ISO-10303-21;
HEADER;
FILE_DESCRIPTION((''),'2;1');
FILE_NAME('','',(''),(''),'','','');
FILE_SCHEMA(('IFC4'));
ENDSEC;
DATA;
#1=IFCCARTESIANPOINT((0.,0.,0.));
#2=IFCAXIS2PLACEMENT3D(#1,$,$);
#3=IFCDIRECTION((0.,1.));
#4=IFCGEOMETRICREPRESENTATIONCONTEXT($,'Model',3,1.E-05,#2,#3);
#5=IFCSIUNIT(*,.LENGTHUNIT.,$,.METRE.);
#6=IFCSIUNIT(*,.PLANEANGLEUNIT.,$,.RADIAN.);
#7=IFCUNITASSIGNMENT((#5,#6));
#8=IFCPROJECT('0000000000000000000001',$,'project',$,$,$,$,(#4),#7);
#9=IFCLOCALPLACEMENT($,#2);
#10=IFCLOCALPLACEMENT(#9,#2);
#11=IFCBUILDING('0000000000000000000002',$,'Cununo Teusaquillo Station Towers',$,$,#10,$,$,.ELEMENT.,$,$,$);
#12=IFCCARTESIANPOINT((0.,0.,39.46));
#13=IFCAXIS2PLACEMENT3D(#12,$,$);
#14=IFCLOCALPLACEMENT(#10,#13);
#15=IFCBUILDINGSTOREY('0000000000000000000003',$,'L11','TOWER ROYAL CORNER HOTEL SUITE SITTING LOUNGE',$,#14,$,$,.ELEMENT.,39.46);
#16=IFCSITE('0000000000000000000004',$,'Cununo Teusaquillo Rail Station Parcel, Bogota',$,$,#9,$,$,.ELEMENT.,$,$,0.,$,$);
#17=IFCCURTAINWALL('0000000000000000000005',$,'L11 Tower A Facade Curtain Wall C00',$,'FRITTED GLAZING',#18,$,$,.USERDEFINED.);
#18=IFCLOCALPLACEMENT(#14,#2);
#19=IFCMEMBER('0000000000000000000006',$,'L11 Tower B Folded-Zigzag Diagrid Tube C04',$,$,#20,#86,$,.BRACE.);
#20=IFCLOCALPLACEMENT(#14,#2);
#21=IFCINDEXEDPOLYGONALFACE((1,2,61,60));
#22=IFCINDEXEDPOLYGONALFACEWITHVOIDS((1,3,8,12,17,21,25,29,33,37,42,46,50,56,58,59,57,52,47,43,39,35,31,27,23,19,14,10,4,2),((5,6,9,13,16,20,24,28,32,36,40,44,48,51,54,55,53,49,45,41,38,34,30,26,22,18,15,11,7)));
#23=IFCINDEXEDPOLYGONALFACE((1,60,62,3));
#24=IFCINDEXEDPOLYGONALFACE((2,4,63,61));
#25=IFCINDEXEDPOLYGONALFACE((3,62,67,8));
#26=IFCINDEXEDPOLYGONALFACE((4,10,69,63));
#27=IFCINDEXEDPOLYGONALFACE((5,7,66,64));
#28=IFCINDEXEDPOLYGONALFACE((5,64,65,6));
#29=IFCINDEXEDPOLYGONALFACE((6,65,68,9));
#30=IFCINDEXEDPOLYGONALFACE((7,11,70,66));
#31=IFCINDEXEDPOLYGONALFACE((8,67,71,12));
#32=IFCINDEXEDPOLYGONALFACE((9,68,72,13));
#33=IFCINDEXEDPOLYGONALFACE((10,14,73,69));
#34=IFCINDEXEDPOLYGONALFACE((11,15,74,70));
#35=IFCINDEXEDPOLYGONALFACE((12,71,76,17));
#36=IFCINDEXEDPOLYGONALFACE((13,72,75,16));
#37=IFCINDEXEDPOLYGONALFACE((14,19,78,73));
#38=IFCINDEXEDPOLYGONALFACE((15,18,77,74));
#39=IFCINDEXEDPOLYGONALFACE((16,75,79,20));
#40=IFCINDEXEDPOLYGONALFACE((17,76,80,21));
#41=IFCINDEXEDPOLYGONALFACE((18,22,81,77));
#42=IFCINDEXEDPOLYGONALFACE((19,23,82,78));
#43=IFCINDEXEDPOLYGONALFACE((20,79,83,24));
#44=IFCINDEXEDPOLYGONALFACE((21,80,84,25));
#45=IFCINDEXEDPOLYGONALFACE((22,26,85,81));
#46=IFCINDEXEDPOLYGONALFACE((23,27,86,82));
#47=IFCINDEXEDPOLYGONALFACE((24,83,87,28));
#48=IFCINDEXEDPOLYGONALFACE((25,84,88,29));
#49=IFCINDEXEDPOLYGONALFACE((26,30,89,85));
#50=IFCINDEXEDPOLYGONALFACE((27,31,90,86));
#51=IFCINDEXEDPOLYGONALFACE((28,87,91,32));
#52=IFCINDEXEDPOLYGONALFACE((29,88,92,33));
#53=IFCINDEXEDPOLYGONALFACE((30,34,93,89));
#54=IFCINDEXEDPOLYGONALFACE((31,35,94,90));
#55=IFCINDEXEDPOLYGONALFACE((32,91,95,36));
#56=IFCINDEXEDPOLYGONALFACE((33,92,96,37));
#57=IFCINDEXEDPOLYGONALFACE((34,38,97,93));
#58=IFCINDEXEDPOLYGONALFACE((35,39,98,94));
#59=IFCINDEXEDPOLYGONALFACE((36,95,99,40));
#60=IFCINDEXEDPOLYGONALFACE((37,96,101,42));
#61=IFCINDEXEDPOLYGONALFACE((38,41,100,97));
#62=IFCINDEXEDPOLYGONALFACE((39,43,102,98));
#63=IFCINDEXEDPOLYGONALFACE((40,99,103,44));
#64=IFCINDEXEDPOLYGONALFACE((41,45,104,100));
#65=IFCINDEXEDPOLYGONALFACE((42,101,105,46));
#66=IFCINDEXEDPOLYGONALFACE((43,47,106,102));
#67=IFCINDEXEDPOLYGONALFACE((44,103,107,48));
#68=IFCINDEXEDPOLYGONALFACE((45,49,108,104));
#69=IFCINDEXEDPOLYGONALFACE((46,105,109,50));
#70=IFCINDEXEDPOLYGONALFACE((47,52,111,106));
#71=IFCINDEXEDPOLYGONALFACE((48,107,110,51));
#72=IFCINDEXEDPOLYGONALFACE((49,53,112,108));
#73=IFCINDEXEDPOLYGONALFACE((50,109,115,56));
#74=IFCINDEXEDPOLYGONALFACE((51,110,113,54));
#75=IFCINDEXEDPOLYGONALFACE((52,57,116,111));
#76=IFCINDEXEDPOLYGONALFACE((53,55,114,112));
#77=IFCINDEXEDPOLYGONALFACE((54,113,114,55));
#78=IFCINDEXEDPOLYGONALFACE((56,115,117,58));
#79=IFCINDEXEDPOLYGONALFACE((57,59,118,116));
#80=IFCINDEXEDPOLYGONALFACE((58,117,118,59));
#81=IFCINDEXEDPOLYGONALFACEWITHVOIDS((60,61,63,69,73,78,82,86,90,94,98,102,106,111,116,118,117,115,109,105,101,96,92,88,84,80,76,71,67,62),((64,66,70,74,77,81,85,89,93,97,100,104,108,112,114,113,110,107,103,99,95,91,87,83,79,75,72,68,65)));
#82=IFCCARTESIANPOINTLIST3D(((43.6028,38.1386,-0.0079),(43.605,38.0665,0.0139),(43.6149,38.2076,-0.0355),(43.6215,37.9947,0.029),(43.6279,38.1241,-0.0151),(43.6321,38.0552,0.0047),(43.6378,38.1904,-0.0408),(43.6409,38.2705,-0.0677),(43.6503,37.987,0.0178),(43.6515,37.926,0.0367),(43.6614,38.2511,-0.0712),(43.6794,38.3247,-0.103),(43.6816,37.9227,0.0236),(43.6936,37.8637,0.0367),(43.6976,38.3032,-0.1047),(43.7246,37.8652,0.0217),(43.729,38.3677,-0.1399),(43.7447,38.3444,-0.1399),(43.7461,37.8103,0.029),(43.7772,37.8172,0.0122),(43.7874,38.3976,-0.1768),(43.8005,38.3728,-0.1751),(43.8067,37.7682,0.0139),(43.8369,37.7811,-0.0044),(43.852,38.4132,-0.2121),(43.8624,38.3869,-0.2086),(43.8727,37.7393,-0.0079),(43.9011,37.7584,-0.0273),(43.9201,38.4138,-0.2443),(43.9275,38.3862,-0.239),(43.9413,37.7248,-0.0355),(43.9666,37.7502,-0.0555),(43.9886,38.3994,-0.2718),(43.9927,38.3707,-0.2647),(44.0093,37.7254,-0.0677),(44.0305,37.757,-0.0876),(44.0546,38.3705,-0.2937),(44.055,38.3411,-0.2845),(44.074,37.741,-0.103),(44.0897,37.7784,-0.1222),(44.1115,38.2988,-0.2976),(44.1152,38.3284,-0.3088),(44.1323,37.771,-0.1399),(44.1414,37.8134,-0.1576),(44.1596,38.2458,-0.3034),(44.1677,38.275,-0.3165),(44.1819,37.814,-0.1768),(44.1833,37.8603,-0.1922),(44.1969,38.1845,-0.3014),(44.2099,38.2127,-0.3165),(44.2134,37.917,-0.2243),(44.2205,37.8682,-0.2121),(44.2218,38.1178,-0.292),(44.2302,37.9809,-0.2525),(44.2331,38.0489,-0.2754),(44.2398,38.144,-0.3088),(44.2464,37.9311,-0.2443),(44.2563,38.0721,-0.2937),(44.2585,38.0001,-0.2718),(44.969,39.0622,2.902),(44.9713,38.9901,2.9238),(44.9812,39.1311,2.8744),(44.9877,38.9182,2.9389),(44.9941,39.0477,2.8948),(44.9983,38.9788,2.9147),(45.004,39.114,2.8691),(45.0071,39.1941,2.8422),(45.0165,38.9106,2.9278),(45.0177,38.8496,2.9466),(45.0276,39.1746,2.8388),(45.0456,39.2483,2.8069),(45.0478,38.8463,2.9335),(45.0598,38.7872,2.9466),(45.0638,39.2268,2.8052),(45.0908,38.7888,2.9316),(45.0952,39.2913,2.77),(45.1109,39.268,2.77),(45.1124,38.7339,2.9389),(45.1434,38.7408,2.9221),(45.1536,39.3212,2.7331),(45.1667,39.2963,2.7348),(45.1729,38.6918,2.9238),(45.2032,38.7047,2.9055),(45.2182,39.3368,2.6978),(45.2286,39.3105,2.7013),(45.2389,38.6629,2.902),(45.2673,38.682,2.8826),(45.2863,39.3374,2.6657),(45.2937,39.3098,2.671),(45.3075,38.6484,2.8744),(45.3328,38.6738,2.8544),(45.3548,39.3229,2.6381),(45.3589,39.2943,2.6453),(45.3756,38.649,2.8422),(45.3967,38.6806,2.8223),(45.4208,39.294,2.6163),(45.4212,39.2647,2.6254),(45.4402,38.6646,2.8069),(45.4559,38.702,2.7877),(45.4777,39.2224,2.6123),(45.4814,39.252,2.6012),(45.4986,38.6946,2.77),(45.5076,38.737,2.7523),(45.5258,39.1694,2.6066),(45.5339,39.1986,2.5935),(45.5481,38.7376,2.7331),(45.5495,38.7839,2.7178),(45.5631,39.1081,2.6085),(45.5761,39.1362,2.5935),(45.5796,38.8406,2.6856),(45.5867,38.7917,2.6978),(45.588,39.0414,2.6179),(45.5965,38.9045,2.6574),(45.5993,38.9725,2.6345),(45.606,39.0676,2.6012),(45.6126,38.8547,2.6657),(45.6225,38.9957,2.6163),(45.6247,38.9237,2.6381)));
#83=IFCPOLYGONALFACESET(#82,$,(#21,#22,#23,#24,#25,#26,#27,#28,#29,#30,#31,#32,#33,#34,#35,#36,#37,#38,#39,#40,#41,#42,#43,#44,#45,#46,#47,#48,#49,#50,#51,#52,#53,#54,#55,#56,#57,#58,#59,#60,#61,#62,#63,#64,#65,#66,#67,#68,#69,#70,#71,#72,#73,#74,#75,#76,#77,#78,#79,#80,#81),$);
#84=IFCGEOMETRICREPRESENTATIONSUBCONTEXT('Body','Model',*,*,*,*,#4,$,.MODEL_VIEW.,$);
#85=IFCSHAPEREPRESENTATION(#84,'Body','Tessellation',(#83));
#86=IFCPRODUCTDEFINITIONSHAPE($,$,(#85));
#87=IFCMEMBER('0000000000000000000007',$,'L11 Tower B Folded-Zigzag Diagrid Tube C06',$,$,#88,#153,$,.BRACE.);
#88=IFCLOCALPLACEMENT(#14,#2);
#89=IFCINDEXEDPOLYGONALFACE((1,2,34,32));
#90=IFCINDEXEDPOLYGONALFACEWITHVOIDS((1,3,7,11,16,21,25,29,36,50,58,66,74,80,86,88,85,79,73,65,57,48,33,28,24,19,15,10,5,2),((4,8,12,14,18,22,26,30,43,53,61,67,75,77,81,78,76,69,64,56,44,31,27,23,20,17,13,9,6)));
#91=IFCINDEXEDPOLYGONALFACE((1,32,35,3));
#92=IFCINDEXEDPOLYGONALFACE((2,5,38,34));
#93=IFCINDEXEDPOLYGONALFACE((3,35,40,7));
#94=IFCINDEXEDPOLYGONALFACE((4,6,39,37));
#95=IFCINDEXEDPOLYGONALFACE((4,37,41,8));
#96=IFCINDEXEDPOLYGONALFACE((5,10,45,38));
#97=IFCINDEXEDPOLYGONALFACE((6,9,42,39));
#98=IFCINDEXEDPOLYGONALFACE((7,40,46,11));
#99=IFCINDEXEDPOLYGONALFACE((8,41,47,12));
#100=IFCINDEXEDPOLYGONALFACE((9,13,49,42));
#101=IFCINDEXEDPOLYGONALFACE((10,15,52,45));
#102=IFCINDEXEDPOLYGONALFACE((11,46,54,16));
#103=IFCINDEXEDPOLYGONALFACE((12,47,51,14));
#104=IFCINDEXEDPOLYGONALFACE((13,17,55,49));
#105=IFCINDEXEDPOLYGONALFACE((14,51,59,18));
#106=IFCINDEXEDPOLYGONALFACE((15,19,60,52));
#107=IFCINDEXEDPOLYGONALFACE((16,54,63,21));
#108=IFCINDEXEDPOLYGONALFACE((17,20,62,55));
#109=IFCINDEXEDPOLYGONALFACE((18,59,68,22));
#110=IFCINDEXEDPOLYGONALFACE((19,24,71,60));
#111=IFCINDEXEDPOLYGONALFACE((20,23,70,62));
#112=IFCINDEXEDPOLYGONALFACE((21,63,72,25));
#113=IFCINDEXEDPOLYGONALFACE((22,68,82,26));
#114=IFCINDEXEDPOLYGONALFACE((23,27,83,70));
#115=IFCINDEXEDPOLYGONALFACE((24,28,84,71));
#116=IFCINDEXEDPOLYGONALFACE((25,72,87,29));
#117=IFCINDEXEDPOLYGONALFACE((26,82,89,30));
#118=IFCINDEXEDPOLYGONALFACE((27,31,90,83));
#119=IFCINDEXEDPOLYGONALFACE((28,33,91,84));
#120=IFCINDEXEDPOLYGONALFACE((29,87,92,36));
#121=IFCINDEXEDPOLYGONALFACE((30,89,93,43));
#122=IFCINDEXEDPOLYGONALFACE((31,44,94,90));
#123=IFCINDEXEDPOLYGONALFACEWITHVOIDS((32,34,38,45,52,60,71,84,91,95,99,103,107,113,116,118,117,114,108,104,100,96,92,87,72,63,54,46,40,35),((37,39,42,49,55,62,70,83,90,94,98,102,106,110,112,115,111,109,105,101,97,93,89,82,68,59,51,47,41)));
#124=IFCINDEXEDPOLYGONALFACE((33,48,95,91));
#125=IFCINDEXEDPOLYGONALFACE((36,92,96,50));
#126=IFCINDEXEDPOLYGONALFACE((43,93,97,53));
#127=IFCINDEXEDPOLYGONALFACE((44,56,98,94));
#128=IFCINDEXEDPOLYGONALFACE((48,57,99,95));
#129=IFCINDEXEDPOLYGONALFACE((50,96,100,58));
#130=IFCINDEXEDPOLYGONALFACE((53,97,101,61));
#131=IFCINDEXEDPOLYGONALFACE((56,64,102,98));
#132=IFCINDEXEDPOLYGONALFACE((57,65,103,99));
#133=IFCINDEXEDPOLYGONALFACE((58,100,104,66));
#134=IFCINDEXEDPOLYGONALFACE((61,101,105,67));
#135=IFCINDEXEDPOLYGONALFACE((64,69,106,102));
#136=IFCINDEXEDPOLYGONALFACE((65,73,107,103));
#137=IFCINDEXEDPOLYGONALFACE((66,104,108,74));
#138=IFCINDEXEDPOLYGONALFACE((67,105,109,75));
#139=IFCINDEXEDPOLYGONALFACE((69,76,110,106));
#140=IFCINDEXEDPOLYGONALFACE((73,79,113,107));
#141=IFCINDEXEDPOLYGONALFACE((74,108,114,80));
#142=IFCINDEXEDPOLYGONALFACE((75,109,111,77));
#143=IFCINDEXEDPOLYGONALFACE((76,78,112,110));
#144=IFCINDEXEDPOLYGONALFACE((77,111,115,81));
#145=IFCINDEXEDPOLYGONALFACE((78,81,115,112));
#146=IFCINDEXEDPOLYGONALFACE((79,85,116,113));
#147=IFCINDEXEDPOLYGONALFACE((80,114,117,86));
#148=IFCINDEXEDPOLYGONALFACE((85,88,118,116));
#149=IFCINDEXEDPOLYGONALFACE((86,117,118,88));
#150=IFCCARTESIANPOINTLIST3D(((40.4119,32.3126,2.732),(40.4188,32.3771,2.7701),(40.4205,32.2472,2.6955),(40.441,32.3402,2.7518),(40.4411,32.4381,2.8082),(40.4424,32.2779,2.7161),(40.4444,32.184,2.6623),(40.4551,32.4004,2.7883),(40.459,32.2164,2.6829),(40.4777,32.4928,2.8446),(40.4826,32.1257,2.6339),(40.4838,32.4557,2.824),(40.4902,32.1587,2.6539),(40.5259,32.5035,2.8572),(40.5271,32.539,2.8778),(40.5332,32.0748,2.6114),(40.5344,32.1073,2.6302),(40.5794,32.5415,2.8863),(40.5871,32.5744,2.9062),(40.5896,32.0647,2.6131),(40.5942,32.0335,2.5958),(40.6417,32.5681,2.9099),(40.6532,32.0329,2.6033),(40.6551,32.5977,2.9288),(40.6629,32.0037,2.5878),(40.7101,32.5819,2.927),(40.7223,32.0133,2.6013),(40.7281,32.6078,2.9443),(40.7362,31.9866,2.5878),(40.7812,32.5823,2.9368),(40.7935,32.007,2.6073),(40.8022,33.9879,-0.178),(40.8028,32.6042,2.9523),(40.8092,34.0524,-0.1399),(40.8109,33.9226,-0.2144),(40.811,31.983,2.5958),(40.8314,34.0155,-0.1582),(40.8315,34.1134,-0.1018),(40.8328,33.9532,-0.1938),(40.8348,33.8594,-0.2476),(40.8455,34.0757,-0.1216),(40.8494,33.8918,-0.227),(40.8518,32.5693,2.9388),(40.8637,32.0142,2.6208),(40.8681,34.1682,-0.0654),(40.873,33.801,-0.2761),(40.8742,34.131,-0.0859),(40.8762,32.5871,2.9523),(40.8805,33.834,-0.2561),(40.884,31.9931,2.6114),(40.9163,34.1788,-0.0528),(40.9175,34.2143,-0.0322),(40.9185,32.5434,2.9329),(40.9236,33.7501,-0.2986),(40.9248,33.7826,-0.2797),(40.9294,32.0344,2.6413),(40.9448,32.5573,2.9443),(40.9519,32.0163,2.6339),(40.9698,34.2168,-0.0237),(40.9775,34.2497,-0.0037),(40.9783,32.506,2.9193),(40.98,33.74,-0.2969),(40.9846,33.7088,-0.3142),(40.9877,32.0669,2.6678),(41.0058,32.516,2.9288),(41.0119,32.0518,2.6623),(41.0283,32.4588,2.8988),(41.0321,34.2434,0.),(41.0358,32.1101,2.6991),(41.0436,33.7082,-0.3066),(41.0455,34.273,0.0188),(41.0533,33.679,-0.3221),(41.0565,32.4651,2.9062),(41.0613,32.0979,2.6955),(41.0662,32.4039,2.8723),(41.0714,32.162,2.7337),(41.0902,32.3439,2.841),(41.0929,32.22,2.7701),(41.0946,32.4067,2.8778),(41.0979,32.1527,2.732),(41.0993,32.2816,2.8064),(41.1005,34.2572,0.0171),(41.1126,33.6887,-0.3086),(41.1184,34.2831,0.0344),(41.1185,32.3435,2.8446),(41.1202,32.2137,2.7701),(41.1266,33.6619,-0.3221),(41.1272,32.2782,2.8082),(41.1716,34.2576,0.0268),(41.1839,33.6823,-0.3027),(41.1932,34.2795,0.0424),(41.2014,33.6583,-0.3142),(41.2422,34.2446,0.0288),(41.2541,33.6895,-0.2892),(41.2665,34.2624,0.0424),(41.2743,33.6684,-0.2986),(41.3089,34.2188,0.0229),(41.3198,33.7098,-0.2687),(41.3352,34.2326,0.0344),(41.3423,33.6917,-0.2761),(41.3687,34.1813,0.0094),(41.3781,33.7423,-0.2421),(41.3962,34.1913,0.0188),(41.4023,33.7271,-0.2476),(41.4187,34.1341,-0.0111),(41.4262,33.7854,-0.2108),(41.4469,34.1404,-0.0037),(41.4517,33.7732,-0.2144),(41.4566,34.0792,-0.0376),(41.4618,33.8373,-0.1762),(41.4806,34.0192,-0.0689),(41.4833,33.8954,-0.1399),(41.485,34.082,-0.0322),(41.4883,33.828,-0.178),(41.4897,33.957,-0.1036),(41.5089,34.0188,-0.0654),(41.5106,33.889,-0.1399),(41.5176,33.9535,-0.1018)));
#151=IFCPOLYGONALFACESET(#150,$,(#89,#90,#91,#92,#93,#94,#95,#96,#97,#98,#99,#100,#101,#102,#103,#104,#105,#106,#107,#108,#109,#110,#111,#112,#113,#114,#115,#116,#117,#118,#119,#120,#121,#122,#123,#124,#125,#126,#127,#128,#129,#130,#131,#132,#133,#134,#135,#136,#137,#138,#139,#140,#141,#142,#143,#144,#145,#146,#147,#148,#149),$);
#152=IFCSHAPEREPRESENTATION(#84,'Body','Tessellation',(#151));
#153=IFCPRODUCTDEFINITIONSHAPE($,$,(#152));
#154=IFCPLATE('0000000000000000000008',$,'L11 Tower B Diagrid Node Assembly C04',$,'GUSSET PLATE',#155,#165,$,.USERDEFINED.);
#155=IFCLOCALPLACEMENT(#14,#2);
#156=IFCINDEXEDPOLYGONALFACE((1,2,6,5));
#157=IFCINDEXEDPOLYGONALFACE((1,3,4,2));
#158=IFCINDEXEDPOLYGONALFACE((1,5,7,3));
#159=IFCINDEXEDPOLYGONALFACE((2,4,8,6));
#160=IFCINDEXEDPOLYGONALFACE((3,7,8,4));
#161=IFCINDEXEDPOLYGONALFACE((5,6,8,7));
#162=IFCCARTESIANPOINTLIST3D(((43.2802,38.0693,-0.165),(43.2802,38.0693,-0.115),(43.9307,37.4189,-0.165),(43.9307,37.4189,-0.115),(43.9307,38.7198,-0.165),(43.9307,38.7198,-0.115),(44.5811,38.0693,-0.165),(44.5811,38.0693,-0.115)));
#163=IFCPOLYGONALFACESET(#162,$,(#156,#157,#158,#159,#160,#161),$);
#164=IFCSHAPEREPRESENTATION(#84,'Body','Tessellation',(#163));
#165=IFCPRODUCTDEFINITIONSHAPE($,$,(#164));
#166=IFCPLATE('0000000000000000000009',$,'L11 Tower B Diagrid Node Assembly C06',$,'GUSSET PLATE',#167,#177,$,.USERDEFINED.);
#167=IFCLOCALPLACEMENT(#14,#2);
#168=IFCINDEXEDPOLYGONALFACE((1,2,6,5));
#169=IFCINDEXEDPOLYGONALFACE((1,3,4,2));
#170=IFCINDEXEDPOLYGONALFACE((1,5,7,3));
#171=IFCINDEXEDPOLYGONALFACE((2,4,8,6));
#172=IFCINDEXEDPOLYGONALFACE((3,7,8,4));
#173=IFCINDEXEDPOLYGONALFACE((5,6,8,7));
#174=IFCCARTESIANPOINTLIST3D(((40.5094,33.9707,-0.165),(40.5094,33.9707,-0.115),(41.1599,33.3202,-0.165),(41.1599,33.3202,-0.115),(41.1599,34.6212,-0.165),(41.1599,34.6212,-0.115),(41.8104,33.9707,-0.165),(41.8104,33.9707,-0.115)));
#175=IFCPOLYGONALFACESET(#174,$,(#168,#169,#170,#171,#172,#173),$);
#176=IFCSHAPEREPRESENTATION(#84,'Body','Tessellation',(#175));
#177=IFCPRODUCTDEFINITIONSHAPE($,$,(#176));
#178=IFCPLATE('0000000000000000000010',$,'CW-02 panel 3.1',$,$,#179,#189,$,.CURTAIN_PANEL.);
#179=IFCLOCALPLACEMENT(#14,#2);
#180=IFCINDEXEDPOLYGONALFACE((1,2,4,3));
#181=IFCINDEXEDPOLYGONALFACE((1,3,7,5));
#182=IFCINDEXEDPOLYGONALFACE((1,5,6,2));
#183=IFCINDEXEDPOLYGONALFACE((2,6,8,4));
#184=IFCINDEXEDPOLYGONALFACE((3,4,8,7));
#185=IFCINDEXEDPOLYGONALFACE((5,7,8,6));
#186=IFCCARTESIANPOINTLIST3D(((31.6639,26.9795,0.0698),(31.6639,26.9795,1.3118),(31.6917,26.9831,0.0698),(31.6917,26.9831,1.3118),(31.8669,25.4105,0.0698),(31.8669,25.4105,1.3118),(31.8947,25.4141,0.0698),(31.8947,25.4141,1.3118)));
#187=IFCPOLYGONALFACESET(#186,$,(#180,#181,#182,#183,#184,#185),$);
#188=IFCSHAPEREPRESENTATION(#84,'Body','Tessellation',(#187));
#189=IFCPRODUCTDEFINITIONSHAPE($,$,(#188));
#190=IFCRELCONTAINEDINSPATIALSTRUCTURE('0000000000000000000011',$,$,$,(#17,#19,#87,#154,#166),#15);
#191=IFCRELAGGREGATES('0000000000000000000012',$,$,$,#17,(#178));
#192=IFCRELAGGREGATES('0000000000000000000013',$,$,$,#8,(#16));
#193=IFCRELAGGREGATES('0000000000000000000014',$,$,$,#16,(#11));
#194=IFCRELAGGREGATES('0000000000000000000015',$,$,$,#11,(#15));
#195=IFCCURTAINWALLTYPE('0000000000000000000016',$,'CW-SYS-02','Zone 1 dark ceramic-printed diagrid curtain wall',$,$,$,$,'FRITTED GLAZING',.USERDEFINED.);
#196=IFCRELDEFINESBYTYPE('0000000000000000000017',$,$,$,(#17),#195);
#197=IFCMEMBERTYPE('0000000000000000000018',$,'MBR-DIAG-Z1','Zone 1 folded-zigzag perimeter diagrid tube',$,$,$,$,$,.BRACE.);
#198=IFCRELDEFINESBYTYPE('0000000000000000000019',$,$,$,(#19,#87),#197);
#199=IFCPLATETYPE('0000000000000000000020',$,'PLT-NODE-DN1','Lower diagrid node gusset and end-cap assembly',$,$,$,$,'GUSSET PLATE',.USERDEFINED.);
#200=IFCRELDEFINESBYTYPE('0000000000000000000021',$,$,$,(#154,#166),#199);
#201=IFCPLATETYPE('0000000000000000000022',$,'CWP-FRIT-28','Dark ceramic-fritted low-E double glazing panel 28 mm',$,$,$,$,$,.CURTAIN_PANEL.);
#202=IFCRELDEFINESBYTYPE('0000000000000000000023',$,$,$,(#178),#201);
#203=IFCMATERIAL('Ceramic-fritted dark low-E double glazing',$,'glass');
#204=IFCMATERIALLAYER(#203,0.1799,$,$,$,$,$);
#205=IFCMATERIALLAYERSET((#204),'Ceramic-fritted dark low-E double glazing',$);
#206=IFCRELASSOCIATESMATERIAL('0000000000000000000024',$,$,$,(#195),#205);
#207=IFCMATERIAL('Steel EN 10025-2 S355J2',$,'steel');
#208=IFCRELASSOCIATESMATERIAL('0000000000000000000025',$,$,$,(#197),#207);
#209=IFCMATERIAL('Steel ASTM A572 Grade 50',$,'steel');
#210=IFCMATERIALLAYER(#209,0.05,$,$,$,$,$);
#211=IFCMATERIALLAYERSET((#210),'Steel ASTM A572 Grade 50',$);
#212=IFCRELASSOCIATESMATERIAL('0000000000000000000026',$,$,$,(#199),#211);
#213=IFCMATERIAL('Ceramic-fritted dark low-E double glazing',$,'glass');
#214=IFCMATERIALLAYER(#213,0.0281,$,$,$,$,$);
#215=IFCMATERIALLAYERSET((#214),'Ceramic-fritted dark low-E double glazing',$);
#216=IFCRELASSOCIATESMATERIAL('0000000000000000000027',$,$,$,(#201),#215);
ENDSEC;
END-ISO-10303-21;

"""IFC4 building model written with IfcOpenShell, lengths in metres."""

from ifc_helpers import new_model, si_unit, direction, frame, origin, origin_2d, place, context, subcontext, project, spatial, rectangle, hollow_circle, extrude, source, transform, mapped, material, layer, layer_set, material_profile, profile_set, type_object, element, aggregate, save


model = new_model("IFC4")

# Units and contexts
model_context = context("Model", 3, precision=1e-05, world=origin(), true_north=direction((0.0, 1.0)))
body_context = subcontext(model_context, "Body", "Model", "MODEL_VIEW")
ifc_project = project(units=[si_unit("LENGTHUNIT", "METRE"), si_unit("PLANEANGLEUNIT", "RADIAN")], contexts=[model_context])

# Site, building, storey
site_placement = place(None, origin())
site = spatial("IfcSite", under=ifc_project, at=site_placement, Name="Cununo Teusaquillo Rail Station Parcel, Bogota", CompositionType="ELEMENT", RefElevation=0.0)
building_placement = place(site_placement, origin())
building = spatial("IfcBuilding", under=site, at=building_placement, Name="Cununo Teusaquillo Station Towers", CompositionType="ELEMENT")
storey_placement = place(building_placement, frame((0.0, 0.0, 39.46)))
storey = spatial("IfcBuildingStorey", under=building, at=storey_placement, Name="L11", Description="TOWER ROYAL CORNER HOTEL SUITE SITTING LOUNGE", CompositionType="ELEMENT", Elevation=39.46)

# Curtain wall
ifc_material_1 = material(Name="Ceramic-fritted dark low-E double glazing", Category="glass")
ifc_layer_1 = layer(ifc_material_1, 0.1799)
ifc_layer_set_1 = layer_set([ifc_layer_1], Name="Ceramic-fritted dark low-E double glazing")
curtain_wall_type = type_object("IfcCurtainWallType", Name="CW-SYS-02", Description="Zone 1 dark ceramic-printed diagrid curtain wall", ElementType="FRITTED GLAZING", PredefinedType="USERDEFINED", material=ifc_layer_set_1)
curtain_wall_placement = place(storey_placement, origin())
curtain_wall = element("IfcCurtainWall", 1, at=curtain_wall_placement, inside=storey, type_object=curtain_wall_type, Name="L11 Tower A Facade Curtain Wall C00", ObjectType="FRITTED GLAZING", PredefinedType="USERDEFINED")

# Members
ifc_material_2 = material(Name="Steel EN 10025-2 S355J2", Category="steel")
ifc_material_profile_1 = material_profile(ifc_material_2, hollow_circle(Radius=0.3601, WallThickness=0.0281, at=origin_2d()), Name="CHS 720x28")
ifc_profile_set_1 = profile_set([ifc_material_profile_1], Name="Steel EN 10025-2 S355J2")
member_type_1 = type_object("IfcMemberType", Name="MBR-DIAG-Z1", Description="Zone 1 folded-zigzag perimeter diagrid tube", PredefinedType="BRACE", material=ifc_profile_set_1)
member_1_placement = place(storey_placement, frame((43.9307, 38.0693, -0.1399), z_axis=(0.408468, 0.276132, 0.870003), x_axis=(-0.560052, 0.828457, 0.0)))
element("IfcMember", 2, at=member_1_placement, inside=storey, type_object=member_type_1, Name="L11 Tower B Folded-Zigzag Diagrid Tube C04", PredefinedType="BRACE", context=body_context, shape_type="SweptSolid", body=[
    extrude(hollow_circle(Radius=0.3601, WallThickness=0.0281, at=origin_2d()), origin(), (0.0, 0.0, 1.0), 3.3447),
])
member_2_placement = place(storey_placement, frame((41.1599, 33.9707, -0.1399), z_axis=(-0.115486, -0.495601, 0.860838), x_axis=(0.973908, -0.226942, 0.0)))
element("IfcMember", 3, at=member_2_placement, inside=storey, type_object=member_type_1, Name="L11 Tower B Folded-Zigzag Diagrid Tube C06", PredefinedType="BRACE", context=body_context, shape_type="SweptSolid", body=[
    extrude(hollow_circle(Radius=0.3601, WallThickness=0.0281, at=origin_2d()), origin(), (0.0, 0.0, 1.0), 3.3804),
])

# Plates
ifc_material_3 = material(Name="Steel ASTM A572 Grade 50", Category="steel")
ifc_layer_2 = layer(ifc_material_3, 0.05)
ifc_layer_set_2 = layer_set([ifc_layer_2], Name="Steel ASTM A572 Grade 50")
plate_type_1 = type_object("IfcPlateType", Name="PLT-NODE-DN1", Description="Lower diagrid node gusset and end-cap assembly", ElementType="GUSSET PLATE", PredefinedType="USERDEFINED", material=ifc_layer_set_2)
shared_shape_1 = source(origin(), body_context, "Body", "SweptSolid", [
    extrude(rectangle(XDim=0.9199, YDim=0.9199, at=origin_2d()), origin(), (0.0, 0.0, 1.0), 0.05),
])
for number, where, z_axis, x_axis, name in (
    (4, (43.9307, 38.0693, -0.165), (0.0, 0.0, 1.0), (0.707107, 0.707107, 0.0), "L11 Tower B Diagrid Node Assembly C04"),
    (5, (41.1599, 33.9707, -0.165), (0.0, 0.0, 1.0), (0.707107, 0.707107, 0.0), "L11 Tower B Diagrid Node Assembly C06"),
):
    element("IfcPlate", number, at=place(storey_placement, frame(where, z_axis=z_axis, x_axis=x_axis)), inside=storey, type_object=plate_type_1, Name=name, ObjectType="GUSSET PLATE", PredefinedType="USERDEFINED", context=body_context, shape_type="MappedRepresentation", body=[
        mapped(shared_shape_1, transform((0.0, 0.0, 0.0), x_axis=(1.0, 0.0, 0.0), y_axis=(0.0, 1.0, 0.0), z_axis=(0.0, 0.0, 1.0), scale=1.0)),
    ])

# Plate
ifc_material_4 = material(Name="Ceramic-fritted dark low-E double glazing", Category="glass")
ifc_layer_3 = layer(ifc_material_4, 0.0281)
ifc_layer_set_3 = layer_set([ifc_layer_3], Name="Ceramic-fritted dark low-E double glazing")
plate_type_2 = type_object("IfcPlateType", Name="CWP-FRIT-28", Description="Dark ceramic-fritted low-E double glazing panel 28 mm", PredefinedType="CURTAIN_PANEL", material=ifc_layer_set_3)
shared_shape_2 = source(origin(), body_context, "Body", "SweptSolid", [
    extrude(rectangle(XDim=1.582, YDim=0.0281, at=origin_2d()), origin(), (0.0, 0.0, 1.0), 1.2419),
])
plate_1_placement = place(storey_placement, frame((31.7793, 26.1968, 0.0698), z_axis=(0.0, 0.0, 1.0), x_axis=(0.128336, -0.991731, 0.0)))
plate_1 = element("IfcPlate", 6, at=plate_1_placement, type_object=plate_type_2, Name="CW-02 panel 3.1", PredefinedType="CURTAIN_PANEL", context=body_context, shape_type="MappedRepresentation", body=[
    mapped(shared_shape_2, transform((0.0, 0.0, 0.0), x_axis=(1.0, 0.0, 0.0), y_axis=(0.0, 1.0, 0.0), z_axis=(0.0, 0.0, 1.0), scale=1.0)),
])
aggregate(curtain_wall, [plate_1])

save(model, "model.ifc")
